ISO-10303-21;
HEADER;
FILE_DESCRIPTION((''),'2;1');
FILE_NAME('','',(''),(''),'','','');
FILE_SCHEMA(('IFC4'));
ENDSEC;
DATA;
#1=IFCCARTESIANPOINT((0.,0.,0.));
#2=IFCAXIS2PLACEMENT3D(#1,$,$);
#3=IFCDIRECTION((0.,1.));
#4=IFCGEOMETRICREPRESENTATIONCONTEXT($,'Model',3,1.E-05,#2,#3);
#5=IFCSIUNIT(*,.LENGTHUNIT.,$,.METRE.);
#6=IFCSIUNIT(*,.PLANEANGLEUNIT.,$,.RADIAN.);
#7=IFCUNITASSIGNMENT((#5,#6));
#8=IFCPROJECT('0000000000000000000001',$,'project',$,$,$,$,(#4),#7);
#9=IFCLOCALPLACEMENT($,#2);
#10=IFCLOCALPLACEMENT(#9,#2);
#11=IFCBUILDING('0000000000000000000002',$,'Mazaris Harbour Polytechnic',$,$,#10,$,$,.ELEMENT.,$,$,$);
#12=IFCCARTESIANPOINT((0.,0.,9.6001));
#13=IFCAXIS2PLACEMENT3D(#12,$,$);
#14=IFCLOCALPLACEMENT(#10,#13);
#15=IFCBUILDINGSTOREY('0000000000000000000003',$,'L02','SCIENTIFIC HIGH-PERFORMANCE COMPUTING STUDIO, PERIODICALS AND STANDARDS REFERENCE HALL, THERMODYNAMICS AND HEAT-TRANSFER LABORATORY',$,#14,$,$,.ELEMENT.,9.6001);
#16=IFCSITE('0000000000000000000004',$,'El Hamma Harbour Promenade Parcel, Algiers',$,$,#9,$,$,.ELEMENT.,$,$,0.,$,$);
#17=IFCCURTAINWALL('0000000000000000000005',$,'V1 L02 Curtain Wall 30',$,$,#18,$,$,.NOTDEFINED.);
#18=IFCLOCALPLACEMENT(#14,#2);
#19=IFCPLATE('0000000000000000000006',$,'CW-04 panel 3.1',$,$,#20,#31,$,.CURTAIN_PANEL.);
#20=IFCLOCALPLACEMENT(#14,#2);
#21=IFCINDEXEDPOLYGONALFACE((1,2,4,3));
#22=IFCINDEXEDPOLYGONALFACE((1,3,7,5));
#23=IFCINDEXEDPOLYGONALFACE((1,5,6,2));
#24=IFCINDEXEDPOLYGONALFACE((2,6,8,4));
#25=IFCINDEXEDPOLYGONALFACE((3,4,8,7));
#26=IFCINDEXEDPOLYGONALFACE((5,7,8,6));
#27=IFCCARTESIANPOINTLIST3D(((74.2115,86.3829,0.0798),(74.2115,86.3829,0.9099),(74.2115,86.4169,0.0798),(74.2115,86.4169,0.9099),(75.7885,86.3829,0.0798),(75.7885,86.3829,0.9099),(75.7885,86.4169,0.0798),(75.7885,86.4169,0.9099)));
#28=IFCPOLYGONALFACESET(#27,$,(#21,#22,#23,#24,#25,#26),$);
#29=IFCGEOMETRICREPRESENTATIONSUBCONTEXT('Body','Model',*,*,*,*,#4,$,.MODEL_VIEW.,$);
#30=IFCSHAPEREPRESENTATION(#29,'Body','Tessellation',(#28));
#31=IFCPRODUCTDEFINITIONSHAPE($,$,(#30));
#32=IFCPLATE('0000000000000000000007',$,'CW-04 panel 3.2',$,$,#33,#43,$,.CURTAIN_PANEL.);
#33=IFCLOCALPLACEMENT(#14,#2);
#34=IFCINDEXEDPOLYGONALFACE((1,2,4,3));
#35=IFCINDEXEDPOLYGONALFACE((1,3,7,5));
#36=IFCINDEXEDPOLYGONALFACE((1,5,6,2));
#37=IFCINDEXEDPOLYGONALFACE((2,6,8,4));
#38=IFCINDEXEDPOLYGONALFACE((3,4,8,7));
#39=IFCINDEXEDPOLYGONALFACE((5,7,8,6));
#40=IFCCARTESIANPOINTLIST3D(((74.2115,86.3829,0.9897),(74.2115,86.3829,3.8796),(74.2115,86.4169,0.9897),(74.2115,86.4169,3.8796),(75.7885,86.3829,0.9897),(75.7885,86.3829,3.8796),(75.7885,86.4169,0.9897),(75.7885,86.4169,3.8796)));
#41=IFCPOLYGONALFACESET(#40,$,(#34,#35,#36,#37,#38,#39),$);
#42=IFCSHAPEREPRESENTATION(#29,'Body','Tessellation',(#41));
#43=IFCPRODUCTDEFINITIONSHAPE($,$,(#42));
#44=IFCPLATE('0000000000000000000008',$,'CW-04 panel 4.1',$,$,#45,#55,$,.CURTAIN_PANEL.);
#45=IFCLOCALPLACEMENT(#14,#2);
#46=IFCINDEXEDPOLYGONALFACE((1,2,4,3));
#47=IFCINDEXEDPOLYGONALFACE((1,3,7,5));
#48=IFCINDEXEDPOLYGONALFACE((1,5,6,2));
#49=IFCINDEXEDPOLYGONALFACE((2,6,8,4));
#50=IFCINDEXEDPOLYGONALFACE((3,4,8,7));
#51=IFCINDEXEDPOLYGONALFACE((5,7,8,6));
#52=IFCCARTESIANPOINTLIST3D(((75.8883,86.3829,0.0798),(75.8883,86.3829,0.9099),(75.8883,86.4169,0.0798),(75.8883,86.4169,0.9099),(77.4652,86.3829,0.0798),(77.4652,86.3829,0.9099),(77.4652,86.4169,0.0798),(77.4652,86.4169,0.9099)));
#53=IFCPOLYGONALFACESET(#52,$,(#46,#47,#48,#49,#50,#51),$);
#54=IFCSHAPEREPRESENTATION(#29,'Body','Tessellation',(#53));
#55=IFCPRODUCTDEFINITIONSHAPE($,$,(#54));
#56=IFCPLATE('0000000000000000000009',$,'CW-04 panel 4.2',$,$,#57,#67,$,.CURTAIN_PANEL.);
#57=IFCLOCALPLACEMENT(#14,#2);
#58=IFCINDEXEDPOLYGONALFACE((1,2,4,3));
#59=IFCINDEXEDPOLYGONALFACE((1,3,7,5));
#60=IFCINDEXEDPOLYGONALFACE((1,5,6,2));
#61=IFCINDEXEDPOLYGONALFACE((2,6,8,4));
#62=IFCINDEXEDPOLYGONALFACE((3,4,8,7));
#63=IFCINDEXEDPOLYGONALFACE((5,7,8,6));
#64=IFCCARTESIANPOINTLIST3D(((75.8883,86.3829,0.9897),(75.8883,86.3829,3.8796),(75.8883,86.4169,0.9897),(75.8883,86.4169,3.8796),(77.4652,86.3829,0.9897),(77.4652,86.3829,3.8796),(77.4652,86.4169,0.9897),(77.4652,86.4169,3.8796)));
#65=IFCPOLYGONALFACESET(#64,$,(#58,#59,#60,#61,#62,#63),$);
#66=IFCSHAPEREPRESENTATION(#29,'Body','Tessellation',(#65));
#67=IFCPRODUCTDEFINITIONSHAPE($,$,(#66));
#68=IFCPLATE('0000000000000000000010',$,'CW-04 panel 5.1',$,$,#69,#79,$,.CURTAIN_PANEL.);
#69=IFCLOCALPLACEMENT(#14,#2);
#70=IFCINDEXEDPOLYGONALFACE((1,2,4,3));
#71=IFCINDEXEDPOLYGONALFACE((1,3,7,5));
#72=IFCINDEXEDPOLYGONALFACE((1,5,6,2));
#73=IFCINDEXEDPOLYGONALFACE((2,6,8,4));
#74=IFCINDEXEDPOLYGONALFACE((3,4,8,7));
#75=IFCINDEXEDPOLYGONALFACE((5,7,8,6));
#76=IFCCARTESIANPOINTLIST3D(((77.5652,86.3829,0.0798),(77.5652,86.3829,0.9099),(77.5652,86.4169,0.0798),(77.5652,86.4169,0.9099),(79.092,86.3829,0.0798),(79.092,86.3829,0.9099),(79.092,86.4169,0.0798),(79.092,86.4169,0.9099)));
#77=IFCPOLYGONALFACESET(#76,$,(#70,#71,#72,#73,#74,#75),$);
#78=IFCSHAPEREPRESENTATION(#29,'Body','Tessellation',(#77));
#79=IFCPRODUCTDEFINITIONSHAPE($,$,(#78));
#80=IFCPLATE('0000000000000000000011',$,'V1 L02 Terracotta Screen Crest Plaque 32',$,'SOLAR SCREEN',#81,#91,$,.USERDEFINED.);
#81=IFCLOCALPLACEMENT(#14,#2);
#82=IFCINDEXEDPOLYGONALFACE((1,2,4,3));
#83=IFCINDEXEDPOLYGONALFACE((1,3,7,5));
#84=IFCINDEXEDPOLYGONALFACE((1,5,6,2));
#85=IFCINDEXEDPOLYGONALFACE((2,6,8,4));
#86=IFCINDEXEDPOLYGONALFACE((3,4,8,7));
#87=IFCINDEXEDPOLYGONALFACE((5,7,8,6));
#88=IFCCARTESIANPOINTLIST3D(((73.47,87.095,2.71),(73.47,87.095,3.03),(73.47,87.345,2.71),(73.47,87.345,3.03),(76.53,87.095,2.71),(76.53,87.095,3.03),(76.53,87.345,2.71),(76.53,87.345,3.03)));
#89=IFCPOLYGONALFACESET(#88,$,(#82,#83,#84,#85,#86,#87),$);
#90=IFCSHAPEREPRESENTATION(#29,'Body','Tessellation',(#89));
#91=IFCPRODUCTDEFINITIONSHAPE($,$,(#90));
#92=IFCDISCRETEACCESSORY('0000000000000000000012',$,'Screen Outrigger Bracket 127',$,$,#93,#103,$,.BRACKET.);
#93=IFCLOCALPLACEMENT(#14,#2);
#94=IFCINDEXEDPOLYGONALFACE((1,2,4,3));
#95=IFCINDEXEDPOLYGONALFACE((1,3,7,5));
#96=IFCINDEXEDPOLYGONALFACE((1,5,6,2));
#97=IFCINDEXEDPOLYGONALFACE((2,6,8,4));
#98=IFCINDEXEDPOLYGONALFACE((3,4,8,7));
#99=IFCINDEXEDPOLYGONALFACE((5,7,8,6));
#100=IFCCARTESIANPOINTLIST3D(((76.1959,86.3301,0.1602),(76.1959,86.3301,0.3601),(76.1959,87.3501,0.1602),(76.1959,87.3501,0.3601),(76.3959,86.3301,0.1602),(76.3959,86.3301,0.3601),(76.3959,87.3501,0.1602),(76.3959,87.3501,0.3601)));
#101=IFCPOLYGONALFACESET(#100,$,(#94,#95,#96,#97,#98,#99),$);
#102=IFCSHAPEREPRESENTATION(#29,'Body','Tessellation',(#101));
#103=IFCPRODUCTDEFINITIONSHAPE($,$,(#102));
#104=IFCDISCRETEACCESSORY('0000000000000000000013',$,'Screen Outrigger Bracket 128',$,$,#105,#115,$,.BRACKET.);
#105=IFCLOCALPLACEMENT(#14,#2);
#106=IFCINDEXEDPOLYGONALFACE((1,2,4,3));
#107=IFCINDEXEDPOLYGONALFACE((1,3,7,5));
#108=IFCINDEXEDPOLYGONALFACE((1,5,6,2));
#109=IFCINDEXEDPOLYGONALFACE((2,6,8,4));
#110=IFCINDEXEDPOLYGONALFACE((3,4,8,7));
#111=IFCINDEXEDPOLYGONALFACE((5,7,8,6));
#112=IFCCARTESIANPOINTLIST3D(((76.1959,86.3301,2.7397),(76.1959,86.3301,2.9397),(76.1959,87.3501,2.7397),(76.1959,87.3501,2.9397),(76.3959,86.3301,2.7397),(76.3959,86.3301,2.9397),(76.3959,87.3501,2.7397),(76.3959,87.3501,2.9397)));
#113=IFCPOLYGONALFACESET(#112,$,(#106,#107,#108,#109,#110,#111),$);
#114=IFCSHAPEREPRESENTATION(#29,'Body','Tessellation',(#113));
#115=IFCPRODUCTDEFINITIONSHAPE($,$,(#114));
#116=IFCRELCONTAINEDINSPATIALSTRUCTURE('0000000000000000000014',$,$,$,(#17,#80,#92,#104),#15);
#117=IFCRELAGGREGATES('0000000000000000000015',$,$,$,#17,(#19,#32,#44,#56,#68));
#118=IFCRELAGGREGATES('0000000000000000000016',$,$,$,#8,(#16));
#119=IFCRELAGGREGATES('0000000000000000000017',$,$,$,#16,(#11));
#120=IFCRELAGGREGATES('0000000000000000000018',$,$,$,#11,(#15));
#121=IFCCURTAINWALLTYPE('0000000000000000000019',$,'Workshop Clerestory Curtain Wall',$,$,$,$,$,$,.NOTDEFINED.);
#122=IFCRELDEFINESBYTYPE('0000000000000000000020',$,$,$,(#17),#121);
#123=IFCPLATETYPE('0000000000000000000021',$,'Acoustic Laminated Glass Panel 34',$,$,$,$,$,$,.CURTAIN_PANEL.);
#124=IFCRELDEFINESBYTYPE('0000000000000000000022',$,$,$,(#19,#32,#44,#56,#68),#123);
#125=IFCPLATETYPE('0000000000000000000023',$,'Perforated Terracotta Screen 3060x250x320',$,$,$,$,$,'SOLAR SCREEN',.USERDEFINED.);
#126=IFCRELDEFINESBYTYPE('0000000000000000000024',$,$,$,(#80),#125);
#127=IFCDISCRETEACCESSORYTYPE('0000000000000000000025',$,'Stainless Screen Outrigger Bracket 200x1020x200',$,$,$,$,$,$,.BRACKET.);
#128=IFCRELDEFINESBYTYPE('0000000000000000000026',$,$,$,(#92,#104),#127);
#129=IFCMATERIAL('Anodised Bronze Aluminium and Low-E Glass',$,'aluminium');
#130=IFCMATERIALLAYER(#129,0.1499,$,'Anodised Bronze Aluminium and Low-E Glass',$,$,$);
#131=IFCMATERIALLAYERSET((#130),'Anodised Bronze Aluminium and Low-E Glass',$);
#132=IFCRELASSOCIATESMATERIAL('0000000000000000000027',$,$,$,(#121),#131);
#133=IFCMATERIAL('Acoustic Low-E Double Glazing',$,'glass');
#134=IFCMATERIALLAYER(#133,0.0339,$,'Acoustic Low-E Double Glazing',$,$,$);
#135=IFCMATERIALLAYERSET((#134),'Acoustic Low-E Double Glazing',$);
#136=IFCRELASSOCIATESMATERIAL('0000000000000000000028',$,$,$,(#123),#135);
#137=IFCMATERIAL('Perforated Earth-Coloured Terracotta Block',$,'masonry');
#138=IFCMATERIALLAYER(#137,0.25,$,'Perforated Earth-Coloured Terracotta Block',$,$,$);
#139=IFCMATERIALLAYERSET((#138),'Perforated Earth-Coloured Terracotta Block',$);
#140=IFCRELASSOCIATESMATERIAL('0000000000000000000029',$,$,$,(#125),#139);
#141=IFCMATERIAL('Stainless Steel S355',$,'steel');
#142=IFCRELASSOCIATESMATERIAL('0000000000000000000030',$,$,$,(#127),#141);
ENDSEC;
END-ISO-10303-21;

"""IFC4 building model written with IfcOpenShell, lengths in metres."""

from ifc_helpers import new_model, si_unit, direction, frame, origin, origin_2d, place, context, subcontext, project, spatial, rectangle, extrude, material, layer, layer_set, type_object, element, aggregate, save


model = new_model("IFC4")

# Units and contexts
model_context = context("Model", 3, precision=1e-05, world=origin(), true_north=direction((0.0, 1.0)))
body_context = subcontext(model_context, "Body", "Model", "MODEL_VIEW")
ifc_project = project(units=[si_unit("LENGTHUNIT", "METRE"), si_unit("PLANEANGLEUNIT", "RADIAN")], contexts=[model_context])

# Site, building, storey
site_placement = place(None, origin())
site = spatial("IfcSite", under=ifc_project, at=site_placement, Name="El Hamma Harbour Promenade Parcel, Algiers", CompositionType="ELEMENT", RefElevation=0.0)
building_placement = place(site_placement, origin())
building = spatial("IfcBuilding", under=site, at=building_placement, Name="Mazaris Harbour Polytechnic", CompositionType="ELEMENT")
storey_placement = place(building_placement, frame((0.0, 0.0, 9.6001)))
storey = spatial("IfcBuildingStorey", under=building, at=storey_placement, Name="L02", Description="SCIENTIFIC HIGH-PERFORMANCE COMPUTING STUDIO, PERIODICALS AND STANDARDS REFERENCE HALL, THERMODYNAMICS AND HEAT-TRANSFER LABORATORY", CompositionType="ELEMENT", Elevation=9.6001)

# Curtain wall, plates
ifc_material_1 = material(Name="Anodised Bronze Aluminium and Low-E Glass", Category="aluminium")
ifc_layer_1 = layer(ifc_material_1, 0.1499, Name="Anodised Bronze Aluminium and Low-E Glass")
ifc_layer_set_1 = layer_set([ifc_layer_1], Name="Anodised Bronze Aluminium and Low-E Glass")
curtain_wall_type = type_object("IfcCurtainWallType", Name="Workshop Clerestory Curtain Wall", PredefinedType="NOTDEFINED", material=ifc_layer_set_1)
curtain_wall_placement = place(storey_placement, origin())
curtain_wall = element("IfcCurtainWall", 1, at=curtain_wall_placement, inside=storey, type_object=curtain_wall_type, Name="V1 L02 Curtain Wall 30", PredefinedType="NOTDEFINED")
ifc_material_2 = material(Name="Acoustic Low-E Double Glazing", Category="glass")
ifc_layer_2 = layer(ifc_material_2, 0.0339, Name="Acoustic Low-E Double Glazing")
ifc_layer_set_2 = layer_set([ifc_layer_2], Name="Acoustic Low-E Double Glazing")
plate_type_1 = type_object("IfcPlateType", Name="Acoustic Laminated Glass Panel 34", PredefinedType="CURTAIN_PANEL", material=ifc_layer_set_2)
plate_1_placement = place(storey_placement, frame((75.0, 86.3999, 0.0798), z_axis=(0.0, 0.0, 1.0), x_axis=(1.0, 0.0, 0.0)))
plate_1 = element("IfcPlate", 2, at=plate_1_placement, type_object=plate_type_1, Name="CW-04 panel 3.1", PredefinedType="CURTAIN_PANEL", context=body_context, shape_type="SweptSolid", body=[
    extrude(rectangle(XDim=1.5769, YDim=0.0339, at=origin_2d()), origin(), (0.0, 0.0, 1.0), 0.8301),
])
plate_2_placement = place(storey_placement, frame((75.0, 86.3999, 0.9897), z_axis=(0.0, 0.0, 1.0), x_axis=(1.0, 0.0, 0.0)))
plate_2 = element("IfcPlate", 3, at=plate_2_placement, type_object=plate_type_1, Name="CW-04 panel 3.2", PredefinedType="CURTAIN_PANEL", context=body_context, shape_type="SweptSolid", body=[
    extrude(rectangle(XDim=1.5769, YDim=0.0339, at=origin_2d()), origin(), (0.0, 0.0, 1.0), 2.8899),
])
plate_3_placement = place(storey_placement, frame((76.6768, 86.3999, 0.0798), z_axis=(0.0, 0.0, 1.0), x_axis=(1.0, 0.0, 0.0)))
plate_3 = element("IfcPlate", 4, at=plate_3_placement, type_object=plate_type_1, Name="CW-04 panel 4.1", PredefinedType="CURTAIN_PANEL", context=body_context, shape_type="SweptSolid", body=[
    extrude(rectangle(XDim=1.5769, YDim=0.0339, at=origin_2d()), origin(), (0.0, 0.0, 1.0), 0.8301),
])
plate_4_placement = place(storey_placement, frame((76.6768, 86.3999, 0.9897), z_axis=(0.0, 0.0, 1.0), x_axis=(1.0, 0.0, 0.0)))
plate_4 = element("IfcPlate", 5, at=plate_4_placement, type_object=plate_type_1, Name="CW-04 panel 4.2", PredefinedType="CURTAIN_PANEL", context=body_context, shape_type="SweptSolid", body=[
    extrude(rectangle(XDim=1.5769, YDim=0.0339, at=origin_2d()), origin(), (0.0, 0.0, 1.0), 2.8899),
])
plate_5_placement = place(storey_placement, frame((78.3286, 86.3999, 0.0798), z_axis=(0.0, 0.0, 1.0), x_axis=(1.0, 0.0, 0.0)))
plate_5 = element("IfcPlate", 6, at=plate_5_placement, type_object=plate_type_1, Name="CW-04 panel 5.1", PredefinedType="CURTAIN_PANEL", context=body_context, shape_type="SweptSolid", body=[
    extrude(rectangle(XDim=1.5269, YDim=0.0339, at=origin_2d()), origin(), (0.0, 0.0, 1.0), 0.8301),
])
aggregate(curtain_wall, [plate_1, plate_2, plate_3, plate_4, plate_5])

# Plate
ifc_material_3 = material(Name="Perforated Earth-Coloured Terracotta Block", Category="masonry")
ifc_layer_3 = layer(ifc_material_3, 0.25, Name="Perforated Earth-Coloured Terracotta Block")
ifc_layer_set_3 = layer_set([ifc_layer_3], Name="Perforated Earth-Coloured Terracotta Block")
plate_type_2 = type_object("IfcPlateType", Name="Perforated Terracotta Screen 3060x250x320", ElementType="SOLAR SCREEN", PredefinedType="USERDEFINED", material=ifc_layer_set_3)
plate_6_placement = place(storey_placement, frame((75.0, 87.22, 2.71), z_axis=(0.0, 0.0, 1.0), x_axis=(1.0, 0.0, 0.0)))
element("IfcPlate", 7, at=plate_6_placement, inside=storey, type_object=plate_type_2, Name="V1 L02 Terracotta Screen Crest Plaque 32", ObjectType="SOLAR SCREEN", PredefinedType="USERDEFINED", context=body_context, shape_type="SweptSolid", body=[
    extrude(rectangle(XDim=3.0601, YDim=0.25, at=origin_2d()), origin(), (0.0, 0.0, 1.0), 0.3201),
])

# Discrete accessories
ifc_material_4 = material(Name="Stainless Steel S355", Category="steel")
discrete_accessory_type = type_object("IfcDiscreteAccessoryType", Name="Stainless Screen Outrigger Bracket 200x1020x200", PredefinedType="BRACKET", material=ifc_material_4)
for number, where, z_axis, x_axis, name in (
    (8, (76.2959, 86.8401, 0.1602), (0.0, 0.0, 1.0), (1.0, 0.0, 0.0), "Screen Outrigger Bracket 127"),
    (9, (76.2959, 86.8401, 2.7397), (0.0, 0.0, 1.0), (1.0, 0.0, 0.0), "Screen Outrigger Bracket 128"),
):
    element("IfcDiscreteAccessory", number, at=place(storey_placement, frame(where, z_axis=z_axis, x_axis=x_axis)), inside=storey, type_object=discrete_accessory_type, Name=name, PredefinedType="BRACKET", context=body_context, shape_type="SweptSolid", body=[
        extrude(rectangle(XDim=0.2, YDim=1.02, at=origin_2d()), origin(), (0.0, 0.0, 1.0), 0.2),
    ])

save(model, "model.ifc")
